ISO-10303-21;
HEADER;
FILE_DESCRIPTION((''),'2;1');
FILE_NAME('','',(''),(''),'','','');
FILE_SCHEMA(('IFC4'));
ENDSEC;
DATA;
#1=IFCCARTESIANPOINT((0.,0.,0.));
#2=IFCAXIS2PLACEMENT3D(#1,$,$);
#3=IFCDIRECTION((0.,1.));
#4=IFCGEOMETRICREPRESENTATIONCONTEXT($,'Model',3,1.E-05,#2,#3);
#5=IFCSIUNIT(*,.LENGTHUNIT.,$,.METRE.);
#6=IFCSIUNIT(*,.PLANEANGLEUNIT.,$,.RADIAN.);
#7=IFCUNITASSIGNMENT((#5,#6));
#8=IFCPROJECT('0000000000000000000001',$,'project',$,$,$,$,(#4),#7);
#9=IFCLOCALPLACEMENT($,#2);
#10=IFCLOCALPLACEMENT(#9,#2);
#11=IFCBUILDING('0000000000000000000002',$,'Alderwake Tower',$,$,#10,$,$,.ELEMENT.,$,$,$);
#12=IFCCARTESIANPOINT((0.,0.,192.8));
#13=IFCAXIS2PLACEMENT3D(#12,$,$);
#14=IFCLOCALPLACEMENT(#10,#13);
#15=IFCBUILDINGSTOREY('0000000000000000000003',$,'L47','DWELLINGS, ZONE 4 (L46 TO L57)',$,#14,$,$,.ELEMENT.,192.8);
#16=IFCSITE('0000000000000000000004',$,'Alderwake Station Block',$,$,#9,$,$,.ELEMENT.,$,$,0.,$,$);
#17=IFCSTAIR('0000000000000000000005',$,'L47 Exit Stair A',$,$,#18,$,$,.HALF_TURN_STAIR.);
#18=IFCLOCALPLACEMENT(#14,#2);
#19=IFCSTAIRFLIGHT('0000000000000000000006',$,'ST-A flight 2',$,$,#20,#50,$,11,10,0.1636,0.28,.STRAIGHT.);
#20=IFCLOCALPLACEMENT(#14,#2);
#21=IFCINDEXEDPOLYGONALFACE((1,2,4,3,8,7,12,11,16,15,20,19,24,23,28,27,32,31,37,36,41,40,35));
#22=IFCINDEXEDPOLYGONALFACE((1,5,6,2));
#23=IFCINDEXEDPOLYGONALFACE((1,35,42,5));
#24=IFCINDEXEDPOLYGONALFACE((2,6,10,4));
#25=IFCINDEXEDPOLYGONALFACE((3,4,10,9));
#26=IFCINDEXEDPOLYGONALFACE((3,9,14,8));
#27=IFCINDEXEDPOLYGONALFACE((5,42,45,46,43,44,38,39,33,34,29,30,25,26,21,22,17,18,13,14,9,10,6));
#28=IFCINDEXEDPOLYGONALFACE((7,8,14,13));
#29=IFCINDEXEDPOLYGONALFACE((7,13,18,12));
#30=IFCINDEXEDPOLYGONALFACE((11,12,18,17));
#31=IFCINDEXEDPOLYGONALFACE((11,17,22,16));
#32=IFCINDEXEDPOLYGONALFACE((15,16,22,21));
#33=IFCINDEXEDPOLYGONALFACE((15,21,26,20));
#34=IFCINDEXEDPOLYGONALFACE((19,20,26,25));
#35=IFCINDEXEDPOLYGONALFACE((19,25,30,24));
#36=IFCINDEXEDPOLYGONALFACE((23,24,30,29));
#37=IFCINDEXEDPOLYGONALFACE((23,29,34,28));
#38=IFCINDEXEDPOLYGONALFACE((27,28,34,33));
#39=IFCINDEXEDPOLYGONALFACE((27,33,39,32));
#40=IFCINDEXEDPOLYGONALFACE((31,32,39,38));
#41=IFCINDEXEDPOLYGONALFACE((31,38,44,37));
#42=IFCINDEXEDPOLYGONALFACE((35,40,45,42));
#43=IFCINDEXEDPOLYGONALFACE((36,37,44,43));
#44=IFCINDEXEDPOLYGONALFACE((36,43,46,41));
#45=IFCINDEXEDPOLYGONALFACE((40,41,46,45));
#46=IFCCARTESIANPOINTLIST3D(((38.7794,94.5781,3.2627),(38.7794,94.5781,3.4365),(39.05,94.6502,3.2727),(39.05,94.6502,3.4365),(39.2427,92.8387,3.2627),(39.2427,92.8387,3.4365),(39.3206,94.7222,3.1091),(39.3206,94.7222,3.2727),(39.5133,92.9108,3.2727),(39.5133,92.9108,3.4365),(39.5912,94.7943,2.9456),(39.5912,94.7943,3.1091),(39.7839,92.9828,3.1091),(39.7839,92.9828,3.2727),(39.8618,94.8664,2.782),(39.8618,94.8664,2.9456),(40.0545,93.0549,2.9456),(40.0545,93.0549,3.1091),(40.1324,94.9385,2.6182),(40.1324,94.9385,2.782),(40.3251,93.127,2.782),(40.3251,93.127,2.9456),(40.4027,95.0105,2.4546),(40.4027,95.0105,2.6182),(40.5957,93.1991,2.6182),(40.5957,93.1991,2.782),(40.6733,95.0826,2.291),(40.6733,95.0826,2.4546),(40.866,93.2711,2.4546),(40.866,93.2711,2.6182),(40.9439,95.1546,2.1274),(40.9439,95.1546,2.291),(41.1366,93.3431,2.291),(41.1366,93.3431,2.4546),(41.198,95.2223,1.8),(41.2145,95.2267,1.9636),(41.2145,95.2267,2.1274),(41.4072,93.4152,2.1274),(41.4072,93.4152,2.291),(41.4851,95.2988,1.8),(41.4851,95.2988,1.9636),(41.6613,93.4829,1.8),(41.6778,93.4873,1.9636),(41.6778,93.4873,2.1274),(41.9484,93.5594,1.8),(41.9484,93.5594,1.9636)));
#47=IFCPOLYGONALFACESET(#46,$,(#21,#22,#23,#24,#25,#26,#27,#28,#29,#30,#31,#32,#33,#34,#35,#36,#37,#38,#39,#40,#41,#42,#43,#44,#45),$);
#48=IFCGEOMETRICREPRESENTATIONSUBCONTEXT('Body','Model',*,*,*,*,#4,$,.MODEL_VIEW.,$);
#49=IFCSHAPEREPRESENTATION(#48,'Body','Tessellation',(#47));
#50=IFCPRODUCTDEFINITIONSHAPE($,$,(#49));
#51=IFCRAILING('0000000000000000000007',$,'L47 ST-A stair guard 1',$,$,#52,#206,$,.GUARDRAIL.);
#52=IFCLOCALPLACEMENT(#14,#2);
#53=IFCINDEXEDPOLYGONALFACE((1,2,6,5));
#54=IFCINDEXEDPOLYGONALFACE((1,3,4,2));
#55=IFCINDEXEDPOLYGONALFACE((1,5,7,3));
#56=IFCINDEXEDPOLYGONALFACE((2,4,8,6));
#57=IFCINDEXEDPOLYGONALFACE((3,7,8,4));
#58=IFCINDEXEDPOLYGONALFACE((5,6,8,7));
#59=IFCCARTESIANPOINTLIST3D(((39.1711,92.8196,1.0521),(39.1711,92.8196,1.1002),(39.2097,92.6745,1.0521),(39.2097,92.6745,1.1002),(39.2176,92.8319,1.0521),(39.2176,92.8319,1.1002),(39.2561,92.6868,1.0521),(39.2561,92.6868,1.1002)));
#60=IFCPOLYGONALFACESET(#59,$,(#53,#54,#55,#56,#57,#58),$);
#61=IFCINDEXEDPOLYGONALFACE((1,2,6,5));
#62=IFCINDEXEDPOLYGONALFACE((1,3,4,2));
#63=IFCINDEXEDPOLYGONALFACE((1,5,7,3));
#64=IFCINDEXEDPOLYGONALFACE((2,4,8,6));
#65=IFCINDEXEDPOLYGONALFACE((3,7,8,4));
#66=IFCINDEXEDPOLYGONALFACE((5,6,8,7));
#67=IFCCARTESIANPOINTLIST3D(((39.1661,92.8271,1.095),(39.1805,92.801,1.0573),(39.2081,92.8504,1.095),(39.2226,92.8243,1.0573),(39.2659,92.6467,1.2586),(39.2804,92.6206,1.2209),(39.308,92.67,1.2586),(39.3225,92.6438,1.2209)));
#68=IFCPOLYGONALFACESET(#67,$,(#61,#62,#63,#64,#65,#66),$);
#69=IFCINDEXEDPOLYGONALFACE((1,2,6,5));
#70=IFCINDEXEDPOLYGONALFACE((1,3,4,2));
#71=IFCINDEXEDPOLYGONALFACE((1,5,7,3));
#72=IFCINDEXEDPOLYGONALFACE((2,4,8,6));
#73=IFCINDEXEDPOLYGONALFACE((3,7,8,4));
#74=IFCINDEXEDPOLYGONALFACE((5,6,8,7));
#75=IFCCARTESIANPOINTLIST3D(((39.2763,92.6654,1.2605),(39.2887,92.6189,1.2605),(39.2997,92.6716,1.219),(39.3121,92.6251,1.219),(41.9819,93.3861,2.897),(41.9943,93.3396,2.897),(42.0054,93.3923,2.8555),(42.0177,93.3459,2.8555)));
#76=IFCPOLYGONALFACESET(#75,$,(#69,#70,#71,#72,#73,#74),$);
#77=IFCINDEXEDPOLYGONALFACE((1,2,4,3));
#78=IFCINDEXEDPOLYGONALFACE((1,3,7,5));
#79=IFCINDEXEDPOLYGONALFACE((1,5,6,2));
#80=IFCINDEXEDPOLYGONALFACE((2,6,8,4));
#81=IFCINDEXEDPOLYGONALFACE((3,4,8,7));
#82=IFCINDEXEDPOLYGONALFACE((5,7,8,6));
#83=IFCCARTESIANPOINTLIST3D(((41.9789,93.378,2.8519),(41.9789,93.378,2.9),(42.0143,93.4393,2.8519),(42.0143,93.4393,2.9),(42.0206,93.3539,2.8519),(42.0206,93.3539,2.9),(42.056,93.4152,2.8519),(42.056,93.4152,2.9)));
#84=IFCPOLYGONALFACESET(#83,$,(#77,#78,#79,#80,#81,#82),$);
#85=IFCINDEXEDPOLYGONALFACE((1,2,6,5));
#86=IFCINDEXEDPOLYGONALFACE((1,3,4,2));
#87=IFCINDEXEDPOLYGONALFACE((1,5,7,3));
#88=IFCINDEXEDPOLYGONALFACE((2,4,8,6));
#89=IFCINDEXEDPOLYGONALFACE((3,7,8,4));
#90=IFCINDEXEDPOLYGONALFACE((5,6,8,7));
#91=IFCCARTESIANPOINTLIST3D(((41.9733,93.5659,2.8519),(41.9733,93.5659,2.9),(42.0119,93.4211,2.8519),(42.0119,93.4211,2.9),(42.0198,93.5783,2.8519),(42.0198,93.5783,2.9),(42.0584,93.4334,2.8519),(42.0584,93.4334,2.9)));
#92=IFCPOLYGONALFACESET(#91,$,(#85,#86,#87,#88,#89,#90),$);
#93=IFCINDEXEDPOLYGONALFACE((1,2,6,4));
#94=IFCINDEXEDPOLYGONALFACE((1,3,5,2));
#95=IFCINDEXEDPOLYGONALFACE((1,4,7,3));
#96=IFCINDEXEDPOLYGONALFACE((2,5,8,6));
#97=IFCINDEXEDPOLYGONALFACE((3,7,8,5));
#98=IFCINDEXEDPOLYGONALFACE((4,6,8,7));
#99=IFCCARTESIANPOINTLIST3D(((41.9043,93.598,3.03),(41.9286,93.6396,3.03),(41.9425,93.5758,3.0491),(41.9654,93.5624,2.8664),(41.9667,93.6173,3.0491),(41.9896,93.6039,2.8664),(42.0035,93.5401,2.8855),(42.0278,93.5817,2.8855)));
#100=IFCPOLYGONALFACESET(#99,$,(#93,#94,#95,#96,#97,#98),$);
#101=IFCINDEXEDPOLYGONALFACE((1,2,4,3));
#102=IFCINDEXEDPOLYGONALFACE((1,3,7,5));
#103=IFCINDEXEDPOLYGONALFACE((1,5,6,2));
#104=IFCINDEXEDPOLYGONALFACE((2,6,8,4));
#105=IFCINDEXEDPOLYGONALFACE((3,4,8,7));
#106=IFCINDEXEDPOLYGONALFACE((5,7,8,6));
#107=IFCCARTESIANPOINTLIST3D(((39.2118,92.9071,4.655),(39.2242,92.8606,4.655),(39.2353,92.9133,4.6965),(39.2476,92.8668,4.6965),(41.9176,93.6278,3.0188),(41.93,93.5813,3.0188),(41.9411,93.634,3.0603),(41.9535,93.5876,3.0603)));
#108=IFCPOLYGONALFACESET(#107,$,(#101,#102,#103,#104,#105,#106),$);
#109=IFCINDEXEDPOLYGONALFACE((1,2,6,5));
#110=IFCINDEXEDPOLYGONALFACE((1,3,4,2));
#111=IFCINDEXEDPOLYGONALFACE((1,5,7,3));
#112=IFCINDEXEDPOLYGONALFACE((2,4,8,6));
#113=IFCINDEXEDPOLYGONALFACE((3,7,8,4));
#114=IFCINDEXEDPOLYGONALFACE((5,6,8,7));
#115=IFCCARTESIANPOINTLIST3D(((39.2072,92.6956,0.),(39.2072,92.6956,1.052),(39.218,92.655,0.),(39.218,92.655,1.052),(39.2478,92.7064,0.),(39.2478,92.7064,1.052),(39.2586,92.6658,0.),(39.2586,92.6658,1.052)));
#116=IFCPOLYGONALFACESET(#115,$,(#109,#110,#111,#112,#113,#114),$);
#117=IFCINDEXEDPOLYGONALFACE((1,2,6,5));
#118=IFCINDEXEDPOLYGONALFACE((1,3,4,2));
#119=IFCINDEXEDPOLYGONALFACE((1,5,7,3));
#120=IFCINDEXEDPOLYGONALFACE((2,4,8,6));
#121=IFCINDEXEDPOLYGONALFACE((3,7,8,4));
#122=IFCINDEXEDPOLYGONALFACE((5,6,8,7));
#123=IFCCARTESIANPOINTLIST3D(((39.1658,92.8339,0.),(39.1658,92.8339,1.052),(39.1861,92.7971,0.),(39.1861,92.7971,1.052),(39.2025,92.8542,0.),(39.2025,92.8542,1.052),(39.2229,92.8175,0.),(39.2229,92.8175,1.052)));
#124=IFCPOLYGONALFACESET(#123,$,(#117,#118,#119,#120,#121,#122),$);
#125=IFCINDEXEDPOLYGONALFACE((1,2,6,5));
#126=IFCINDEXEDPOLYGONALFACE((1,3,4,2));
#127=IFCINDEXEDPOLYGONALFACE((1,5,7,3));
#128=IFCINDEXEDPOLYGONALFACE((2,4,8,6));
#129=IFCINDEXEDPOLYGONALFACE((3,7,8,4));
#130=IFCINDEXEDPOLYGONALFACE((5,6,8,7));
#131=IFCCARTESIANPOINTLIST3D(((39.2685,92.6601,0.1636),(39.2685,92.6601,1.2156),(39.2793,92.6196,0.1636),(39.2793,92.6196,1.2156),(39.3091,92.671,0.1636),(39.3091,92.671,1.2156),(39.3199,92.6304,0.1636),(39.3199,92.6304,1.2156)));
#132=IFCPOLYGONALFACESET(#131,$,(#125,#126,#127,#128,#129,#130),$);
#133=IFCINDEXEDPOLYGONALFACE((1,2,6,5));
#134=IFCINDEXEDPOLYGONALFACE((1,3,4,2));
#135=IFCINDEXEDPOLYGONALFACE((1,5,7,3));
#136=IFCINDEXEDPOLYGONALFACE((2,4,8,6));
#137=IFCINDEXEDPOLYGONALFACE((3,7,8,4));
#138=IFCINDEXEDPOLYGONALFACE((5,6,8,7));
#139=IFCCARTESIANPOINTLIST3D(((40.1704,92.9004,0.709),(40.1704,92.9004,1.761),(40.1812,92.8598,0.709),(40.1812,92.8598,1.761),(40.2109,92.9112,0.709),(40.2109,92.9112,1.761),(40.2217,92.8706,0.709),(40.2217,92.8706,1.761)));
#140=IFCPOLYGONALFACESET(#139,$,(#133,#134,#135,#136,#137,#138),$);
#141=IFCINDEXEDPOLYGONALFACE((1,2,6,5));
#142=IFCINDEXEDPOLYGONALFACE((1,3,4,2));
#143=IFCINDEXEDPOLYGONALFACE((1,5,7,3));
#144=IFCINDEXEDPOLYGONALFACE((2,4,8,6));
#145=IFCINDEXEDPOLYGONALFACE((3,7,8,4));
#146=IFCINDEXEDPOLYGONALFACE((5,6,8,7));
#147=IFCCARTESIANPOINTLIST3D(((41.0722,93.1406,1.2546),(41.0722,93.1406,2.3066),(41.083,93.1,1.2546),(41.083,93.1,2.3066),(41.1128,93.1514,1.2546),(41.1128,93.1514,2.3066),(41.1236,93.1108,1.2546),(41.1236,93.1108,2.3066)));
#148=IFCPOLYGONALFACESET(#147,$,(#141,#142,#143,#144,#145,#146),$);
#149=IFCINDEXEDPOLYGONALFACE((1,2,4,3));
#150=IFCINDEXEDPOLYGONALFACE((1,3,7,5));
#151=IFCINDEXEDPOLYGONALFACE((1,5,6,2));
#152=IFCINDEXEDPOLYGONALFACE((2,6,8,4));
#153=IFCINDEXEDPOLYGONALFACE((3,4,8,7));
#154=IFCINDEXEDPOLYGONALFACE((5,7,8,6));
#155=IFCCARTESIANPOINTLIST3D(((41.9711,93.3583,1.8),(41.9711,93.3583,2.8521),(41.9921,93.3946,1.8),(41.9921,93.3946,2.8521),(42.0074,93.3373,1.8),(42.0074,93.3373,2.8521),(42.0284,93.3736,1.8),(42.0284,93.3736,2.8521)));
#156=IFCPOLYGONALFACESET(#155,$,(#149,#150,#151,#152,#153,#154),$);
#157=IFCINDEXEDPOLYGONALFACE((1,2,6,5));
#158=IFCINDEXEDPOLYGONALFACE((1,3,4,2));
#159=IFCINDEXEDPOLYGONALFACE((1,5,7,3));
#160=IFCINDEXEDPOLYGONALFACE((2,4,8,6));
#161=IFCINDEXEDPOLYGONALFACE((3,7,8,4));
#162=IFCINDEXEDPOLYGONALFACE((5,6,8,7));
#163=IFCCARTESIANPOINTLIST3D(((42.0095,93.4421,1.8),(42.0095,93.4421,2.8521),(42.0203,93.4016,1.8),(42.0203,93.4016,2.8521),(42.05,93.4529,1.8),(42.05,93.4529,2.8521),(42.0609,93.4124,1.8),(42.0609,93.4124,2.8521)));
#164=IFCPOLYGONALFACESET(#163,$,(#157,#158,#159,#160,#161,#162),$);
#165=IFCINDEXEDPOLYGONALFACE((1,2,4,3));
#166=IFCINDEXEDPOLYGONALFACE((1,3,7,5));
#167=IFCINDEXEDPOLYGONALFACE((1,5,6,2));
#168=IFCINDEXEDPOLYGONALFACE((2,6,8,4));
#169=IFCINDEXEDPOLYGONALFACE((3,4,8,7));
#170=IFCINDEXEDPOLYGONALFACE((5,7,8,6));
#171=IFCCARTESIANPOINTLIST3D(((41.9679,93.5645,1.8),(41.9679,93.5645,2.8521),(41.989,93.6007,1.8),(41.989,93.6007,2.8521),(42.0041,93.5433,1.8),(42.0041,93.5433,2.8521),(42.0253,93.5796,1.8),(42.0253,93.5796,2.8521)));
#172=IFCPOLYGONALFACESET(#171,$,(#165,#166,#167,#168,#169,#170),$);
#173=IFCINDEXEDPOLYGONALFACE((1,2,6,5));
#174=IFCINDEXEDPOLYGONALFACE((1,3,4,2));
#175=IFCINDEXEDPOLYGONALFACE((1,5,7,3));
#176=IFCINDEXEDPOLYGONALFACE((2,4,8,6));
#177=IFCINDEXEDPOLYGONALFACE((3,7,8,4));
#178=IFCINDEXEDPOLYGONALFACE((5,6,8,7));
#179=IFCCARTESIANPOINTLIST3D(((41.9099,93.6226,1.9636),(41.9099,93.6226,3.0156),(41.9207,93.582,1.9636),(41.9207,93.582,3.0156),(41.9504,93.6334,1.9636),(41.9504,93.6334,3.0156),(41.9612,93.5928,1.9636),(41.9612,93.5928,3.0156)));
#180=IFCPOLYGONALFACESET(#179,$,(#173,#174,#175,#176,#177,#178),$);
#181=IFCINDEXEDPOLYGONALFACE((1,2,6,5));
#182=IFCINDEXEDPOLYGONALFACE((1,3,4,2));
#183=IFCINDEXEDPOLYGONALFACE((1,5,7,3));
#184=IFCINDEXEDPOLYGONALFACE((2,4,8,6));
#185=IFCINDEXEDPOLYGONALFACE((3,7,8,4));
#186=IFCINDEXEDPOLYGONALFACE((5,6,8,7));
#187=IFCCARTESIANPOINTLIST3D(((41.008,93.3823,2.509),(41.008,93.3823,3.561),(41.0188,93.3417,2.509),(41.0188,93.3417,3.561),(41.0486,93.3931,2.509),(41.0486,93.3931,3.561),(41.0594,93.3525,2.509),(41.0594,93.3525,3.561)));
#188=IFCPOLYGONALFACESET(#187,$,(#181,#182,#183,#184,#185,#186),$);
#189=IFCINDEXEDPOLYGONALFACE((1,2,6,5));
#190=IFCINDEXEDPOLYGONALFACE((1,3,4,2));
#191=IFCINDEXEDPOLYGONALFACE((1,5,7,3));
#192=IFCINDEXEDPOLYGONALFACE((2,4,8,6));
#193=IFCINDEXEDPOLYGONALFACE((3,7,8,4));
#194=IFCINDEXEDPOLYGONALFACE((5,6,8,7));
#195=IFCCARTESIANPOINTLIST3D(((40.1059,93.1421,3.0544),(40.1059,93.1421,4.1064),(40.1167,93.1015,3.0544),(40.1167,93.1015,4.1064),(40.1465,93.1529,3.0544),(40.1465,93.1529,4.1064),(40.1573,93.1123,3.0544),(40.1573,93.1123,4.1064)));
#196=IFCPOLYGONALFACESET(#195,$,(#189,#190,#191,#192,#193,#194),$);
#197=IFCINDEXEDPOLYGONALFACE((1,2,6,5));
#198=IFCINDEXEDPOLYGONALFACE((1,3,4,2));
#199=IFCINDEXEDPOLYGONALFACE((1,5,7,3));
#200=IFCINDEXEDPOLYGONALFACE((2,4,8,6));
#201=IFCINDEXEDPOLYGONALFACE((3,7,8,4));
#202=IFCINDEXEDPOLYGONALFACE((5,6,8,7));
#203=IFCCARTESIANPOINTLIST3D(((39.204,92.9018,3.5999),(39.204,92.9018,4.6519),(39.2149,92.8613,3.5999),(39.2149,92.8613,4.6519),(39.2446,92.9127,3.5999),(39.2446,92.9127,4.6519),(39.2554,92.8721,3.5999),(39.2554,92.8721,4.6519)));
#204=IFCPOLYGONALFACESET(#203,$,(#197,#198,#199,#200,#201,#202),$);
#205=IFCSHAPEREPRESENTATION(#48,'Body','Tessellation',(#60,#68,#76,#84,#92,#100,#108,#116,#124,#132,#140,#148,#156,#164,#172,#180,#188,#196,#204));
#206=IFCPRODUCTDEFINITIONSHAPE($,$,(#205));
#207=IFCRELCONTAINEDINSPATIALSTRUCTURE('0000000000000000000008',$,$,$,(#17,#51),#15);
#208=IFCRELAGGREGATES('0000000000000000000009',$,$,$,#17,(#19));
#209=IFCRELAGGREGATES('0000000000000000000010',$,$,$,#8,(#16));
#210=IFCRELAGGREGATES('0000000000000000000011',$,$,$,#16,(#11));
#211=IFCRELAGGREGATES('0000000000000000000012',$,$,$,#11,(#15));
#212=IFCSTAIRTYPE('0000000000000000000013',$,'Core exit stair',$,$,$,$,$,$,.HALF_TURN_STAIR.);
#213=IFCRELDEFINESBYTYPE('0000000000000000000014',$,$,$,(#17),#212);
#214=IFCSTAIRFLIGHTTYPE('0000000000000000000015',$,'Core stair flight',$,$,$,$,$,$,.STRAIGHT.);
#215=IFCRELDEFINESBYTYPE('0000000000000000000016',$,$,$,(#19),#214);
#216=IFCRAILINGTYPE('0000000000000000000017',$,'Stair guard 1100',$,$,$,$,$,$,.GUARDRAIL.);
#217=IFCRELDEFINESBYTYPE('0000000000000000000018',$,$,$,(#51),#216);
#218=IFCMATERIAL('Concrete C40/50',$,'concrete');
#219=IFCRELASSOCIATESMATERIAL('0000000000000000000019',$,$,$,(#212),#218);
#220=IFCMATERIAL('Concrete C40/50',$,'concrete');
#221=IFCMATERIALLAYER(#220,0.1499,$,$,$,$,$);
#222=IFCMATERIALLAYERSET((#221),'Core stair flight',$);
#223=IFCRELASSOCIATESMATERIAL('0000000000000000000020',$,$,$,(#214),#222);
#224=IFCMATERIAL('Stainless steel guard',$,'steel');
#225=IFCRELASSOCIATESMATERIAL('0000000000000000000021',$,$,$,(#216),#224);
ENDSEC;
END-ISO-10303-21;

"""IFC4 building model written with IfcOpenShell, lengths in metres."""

from ifc_helpers import new_model, si_unit, direction, frame, origin, origin_2d, place, context, subcontext, project, spatial, polyline, rectangle, outline, extrude, material, layer, layer_set, type_object, element, aggregate, save


model = new_model("IFC4")

# Units and contexts
model_context = context("Model", 3, precision=1e-05, world=origin(), true_north=direction((0.0, 1.0)))
body_context = subcontext(model_context, "Body", "Model", "MODEL_VIEW")
ifc_project = project(units=[si_unit("LENGTHUNIT", "METRE"), si_unit("PLANEANGLEUNIT", "RADIAN")], contexts=[model_context])

# Site, building, storey
site_placement = place(None, origin())
site = spatial("IfcSite", under=ifc_project, at=site_placement, Name="Alderwake Station Block", CompositionType="ELEMENT", RefElevation=0.0)
building_placement = place(site_placement, origin())
building = spatial("IfcBuilding", under=site, at=building_placement, Name="Alderwake Tower", CompositionType="ELEMENT")
storey_placement = place(building_placement, frame((0.0, 0.0, 192.8)))
storey = spatial("IfcBuildingStorey", under=building, at=storey_placement, Name="L47", Description="DWELLINGS, ZONE 4 (L46 TO L57)", CompositionType="ELEMENT", Elevation=192.8)

# Stair, stair flight
ifc_material_1 = material(Name="Concrete C40/50", Category="concrete")
stair_type = type_object("IfcStairType", Name="Core exit stair", PredefinedType="HALF_TURN_STAIR", material=ifc_material_1)
stair_placement = place(storey_placement, origin())
stair = element("IfcStair", 1, at=stair_placement, inside=storey, type_object=stair_type, Name="L47 Exit Stair A", PredefinedType="HALF_TURN_STAIR")
ifc_material_2 = material(Name="Concrete C40/50", Category="concrete")
ifc_layer_1 = layer(ifc_material_2, 0.1499)
ifc_layer_set_1 = layer_set([ifc_layer_1], Name="Core stair flight")
stair_flight_type = type_object("IfcStairFlightType", Name="Core stair flight", PredefinedType="STRAIGHT", material=ifc_layer_set_1)
stair_flight_1_placement = place(storey_placement, frame((41.7168, 94.429, 1.8), z_axis=(0.0, 0.0, 1.0), x_axis=(-0.96631, -0.257382, 0.0)))
stair_flight_1 = element("IfcStairFlight", 2, at=stair_flight_1_placement, type_object=stair_flight_type, Name="ST-A flight 2", NumberOfRisers=11, NumberOfTreads=10, PredefinedType="STRAIGHT", RiserHeight=0.1636, TreadLength=0.28, context=body_context, shape_type="SweptSolid", body=[
    extrude(outline(polyline([(0.0, 0.0), (0.0, 0.1636), (0.28, 0.1636), (0.28, 0.3274), (0.5601, 0.3274), (0.5601, 0.491), (0.8401, 0.491), (0.8401, 0.6545), (1.1201, 0.6545), (1.1201, 0.8181), (1.3999, 0.8181), (1.3999, 0.9819), (1.6799, 0.9819), (1.6799, 1.1455), (1.96, 1.1455), (1.96, 1.3091), (2.24, 1.3091), (2.24, 1.4727), (2.52, 1.4727), (2.52, 1.6365), (2.8, 1.6365), (2.8, 1.8), (2.8, 1.4626), (0.2971, 0.0), (0.0, 0.0)])), frame((0.0, 0.8999, 0.0), z_axis=(0.0, -1.0, 0.0), x_axis=(1.0, 0.0, 0.0)), (0.0, 0.0, 1.0), 1.8),
])
aggregate(stair, [stair_flight_1])

# Railing
ifc_material_3 = material(Name="Stainless steel guard", Category="steel")
railing_type_1 = type_object("IfcRailingType", Name="Stair guard 1100", PredefinedType="GUARDRAIL", material=ifc_material_3)
railing_1_placement = place(storey_placement, frame((39.2329, 92.6807, 0.0)))
element("IfcRailing", 3, at=railing_1_placement, inside=storey, type_object=railing_type_1, Name="L47 ST-A stair guard 1", PredefinedType="GUARDRAIL", context=body_context, shape_type="SweptSolid", body=[
    extrude(rectangle(XDim=0.0481, YDim=0.0481, at=origin_2d()), frame((0.0, 0.0, 1.0762), z_axis=(-0.257055, 0.966397, 0.0), x_axis=(-0.966397, -0.257055, 0.0)), (0.0, 0.0, 1.0), 0.1501),
    extrude(rectangle(XDim=0.0481, YDim=0.0481, at=origin_2d()), frame((-0.0386, 0.145, 1.0762), z_axis=(0.379371, -0.685464, 0.621463), x_axis=(0.874938, 0.484235, 0.0)), (0.0, 0.0, 1.0), 0.2632),
    extrude(rectangle(XDim=0.0481, YDim=0.0481, at=origin_2d()), frame((0.0613, -0.0354, 1.2397), z_axis=(0.834259, 0.222228, 0.504605), x_axis=(-0.257402, 0.966304, 0.0)), (0.0, 0.0, 1.0), 3.2432),
    extrude(rectangle(XDim=0.0481, YDim=0.0481, at=origin_2d()), frame((2.7668, 0.6853, 2.876), z_axis=(0.50022, 0.865898, 0.0), x_axis=(-0.865898, 0.50022, 0.0)), (0.0, 0.0, 1.0), 0.0708),
    extrude(rectangle(XDim=0.0481, YDim=0.0481, at=origin_2d()), frame((2.8022, 0.7466, 2.876), z_axis=(-0.25746, 0.966289, 0.0), x_axis=(-0.966289, -0.25746, 0.0)), (0.0, 0.0, 1.0), 0.1499),
    extrude(rectangle(XDim=0.0481, YDim=0.0481, at=origin_2d()), frame((2.7637, 0.8914, 2.876), z_axis=(-0.342525, 0.200035, 0.917967), x_axis=(-0.5043, -0.863528, 0.0)), (0.0, 0.0, 1.0), 0.1782),
    extrude(rectangle(XDim=0.0481, YDim=0.0481, at=origin_2d()), frame((2.7026, 0.927, 3.0396), z_axis=(-0.834314, -0.222223, 0.504518), x_axis=(0.25738, -0.96631, 0.0)), (0.0, 0.0, 1.0), 3.2432),
    extrude(rectangle(XDim=0.042, YDim=0.042, at=origin_2d()), frame((0.0, 0.0, 0.0), z_axis=(0.0, 0.0, 1.0), x_axis=(-0.257055, 0.966397, 0.0)), (0.0, 0.0, 1.0), 1.052),
    extrude(rectangle(XDim=0.042, YDim=0.042, at=origin_2d()), frame((-0.0386, 0.145, 0.0), z_axis=(0.0, 0.0, 1.0), x_axis=(0.484235, -0.874938, 0.0)), (0.0, 0.0, 1.0), 1.052),
    extrude(rectangle(XDim=0.042, YDim=0.042, at=origin_2d()), frame((0.0613, -0.0354, 0.1636), z_axis=(0.0, 0.0, 1.0), x_axis=(0.966304, 0.257402, 0.0)), (0.0, 0.0, 1.0), 1.052),
    extrude(rectangle(XDim=0.042, YDim=0.042, at=origin_2d()), frame((0.9631, 0.2048, 0.709), z_axis=(0.0, 0.0, 1.0), x_axis=(0.966304, 0.257402, 0.0)), (0.0, 0.0, 1.0), 1.052),
    extrude(rectangle(XDim=0.042, YDim=0.042, at=origin_2d()), frame((1.865, 0.4451, 1.2546), z_axis=(0.0, 0.0, 1.0), x_axis=(0.966304, 0.257402, 0.0)), (0.0, 0.0, 1.0), 1.052),
    extrude(rectangle(XDim=0.042, YDim=0.042, at=origin_2d()), frame((2.7668, 0.6853, 1.8), z_axis=(0.0, 0.0, 1.0), x_axis=(0.50022, 0.865898, 0.0)), (0.0, 0.0, 1.0), 1.052),
    extrude(rectangle(XDim=0.042, YDim=0.042, at=origin_2d()), frame((2.8022, 0.7466, 1.8), z_axis=(0.0, 0.0, 1.0), x_axis=(-0.25746, 0.966289, 0.0)), (0.0, 0.0, 1.0), 1.052),
    extrude(rectangle(XDim=0.042, YDim=0.042, at=origin_2d()), frame((2.7637, 0.8914, 1.8), z_axis=(0.0, 0.0, 1.0), x_axis=(-0.863528, 0.5043, 0.0)), (0.0, 0.0, 1.0), 1.052),
    extrude(rectangle(XDim=0.042, YDim=0.042, at=origin_2d()), frame((2.7026, 0.927, 1.9636), z_axis=(0.0, 0.0, 1.0), x_axis=(-0.96631, -0.25738, 0.0)), (0.0, 0.0, 1.0), 1.052),
    extrude(rectangle(XDim=0.042, YDim=0.042, at=origin_2d()), frame((1.8008, 0.6868, 2.509), z_axis=(0.0, 0.0, 1.0), x_axis=(-0.96631, -0.25738, 0.0)), (0.0, 0.0, 1.0), 1.052),
    extrude(rectangle(XDim=0.042, YDim=0.042, at=origin_2d()), frame((0.8987, 0.4465, 3.0544), z_axis=(0.0, 0.0, 1.0), x_axis=(-0.96631, -0.25738, 0.0)), (0.0, 0.0, 1.0), 1.052),
    extrude(rectangle(XDim=0.042, YDim=0.042, at=origin_2d()), frame((-0.0032, 0.2063, 3.5999), z_axis=(0.0, 0.0, 1.0), x_axis=(-0.96631, -0.25738, 0.0)), (0.0, 0.0, 1.0), 1.052),
])

save(model, "model.ifc")
